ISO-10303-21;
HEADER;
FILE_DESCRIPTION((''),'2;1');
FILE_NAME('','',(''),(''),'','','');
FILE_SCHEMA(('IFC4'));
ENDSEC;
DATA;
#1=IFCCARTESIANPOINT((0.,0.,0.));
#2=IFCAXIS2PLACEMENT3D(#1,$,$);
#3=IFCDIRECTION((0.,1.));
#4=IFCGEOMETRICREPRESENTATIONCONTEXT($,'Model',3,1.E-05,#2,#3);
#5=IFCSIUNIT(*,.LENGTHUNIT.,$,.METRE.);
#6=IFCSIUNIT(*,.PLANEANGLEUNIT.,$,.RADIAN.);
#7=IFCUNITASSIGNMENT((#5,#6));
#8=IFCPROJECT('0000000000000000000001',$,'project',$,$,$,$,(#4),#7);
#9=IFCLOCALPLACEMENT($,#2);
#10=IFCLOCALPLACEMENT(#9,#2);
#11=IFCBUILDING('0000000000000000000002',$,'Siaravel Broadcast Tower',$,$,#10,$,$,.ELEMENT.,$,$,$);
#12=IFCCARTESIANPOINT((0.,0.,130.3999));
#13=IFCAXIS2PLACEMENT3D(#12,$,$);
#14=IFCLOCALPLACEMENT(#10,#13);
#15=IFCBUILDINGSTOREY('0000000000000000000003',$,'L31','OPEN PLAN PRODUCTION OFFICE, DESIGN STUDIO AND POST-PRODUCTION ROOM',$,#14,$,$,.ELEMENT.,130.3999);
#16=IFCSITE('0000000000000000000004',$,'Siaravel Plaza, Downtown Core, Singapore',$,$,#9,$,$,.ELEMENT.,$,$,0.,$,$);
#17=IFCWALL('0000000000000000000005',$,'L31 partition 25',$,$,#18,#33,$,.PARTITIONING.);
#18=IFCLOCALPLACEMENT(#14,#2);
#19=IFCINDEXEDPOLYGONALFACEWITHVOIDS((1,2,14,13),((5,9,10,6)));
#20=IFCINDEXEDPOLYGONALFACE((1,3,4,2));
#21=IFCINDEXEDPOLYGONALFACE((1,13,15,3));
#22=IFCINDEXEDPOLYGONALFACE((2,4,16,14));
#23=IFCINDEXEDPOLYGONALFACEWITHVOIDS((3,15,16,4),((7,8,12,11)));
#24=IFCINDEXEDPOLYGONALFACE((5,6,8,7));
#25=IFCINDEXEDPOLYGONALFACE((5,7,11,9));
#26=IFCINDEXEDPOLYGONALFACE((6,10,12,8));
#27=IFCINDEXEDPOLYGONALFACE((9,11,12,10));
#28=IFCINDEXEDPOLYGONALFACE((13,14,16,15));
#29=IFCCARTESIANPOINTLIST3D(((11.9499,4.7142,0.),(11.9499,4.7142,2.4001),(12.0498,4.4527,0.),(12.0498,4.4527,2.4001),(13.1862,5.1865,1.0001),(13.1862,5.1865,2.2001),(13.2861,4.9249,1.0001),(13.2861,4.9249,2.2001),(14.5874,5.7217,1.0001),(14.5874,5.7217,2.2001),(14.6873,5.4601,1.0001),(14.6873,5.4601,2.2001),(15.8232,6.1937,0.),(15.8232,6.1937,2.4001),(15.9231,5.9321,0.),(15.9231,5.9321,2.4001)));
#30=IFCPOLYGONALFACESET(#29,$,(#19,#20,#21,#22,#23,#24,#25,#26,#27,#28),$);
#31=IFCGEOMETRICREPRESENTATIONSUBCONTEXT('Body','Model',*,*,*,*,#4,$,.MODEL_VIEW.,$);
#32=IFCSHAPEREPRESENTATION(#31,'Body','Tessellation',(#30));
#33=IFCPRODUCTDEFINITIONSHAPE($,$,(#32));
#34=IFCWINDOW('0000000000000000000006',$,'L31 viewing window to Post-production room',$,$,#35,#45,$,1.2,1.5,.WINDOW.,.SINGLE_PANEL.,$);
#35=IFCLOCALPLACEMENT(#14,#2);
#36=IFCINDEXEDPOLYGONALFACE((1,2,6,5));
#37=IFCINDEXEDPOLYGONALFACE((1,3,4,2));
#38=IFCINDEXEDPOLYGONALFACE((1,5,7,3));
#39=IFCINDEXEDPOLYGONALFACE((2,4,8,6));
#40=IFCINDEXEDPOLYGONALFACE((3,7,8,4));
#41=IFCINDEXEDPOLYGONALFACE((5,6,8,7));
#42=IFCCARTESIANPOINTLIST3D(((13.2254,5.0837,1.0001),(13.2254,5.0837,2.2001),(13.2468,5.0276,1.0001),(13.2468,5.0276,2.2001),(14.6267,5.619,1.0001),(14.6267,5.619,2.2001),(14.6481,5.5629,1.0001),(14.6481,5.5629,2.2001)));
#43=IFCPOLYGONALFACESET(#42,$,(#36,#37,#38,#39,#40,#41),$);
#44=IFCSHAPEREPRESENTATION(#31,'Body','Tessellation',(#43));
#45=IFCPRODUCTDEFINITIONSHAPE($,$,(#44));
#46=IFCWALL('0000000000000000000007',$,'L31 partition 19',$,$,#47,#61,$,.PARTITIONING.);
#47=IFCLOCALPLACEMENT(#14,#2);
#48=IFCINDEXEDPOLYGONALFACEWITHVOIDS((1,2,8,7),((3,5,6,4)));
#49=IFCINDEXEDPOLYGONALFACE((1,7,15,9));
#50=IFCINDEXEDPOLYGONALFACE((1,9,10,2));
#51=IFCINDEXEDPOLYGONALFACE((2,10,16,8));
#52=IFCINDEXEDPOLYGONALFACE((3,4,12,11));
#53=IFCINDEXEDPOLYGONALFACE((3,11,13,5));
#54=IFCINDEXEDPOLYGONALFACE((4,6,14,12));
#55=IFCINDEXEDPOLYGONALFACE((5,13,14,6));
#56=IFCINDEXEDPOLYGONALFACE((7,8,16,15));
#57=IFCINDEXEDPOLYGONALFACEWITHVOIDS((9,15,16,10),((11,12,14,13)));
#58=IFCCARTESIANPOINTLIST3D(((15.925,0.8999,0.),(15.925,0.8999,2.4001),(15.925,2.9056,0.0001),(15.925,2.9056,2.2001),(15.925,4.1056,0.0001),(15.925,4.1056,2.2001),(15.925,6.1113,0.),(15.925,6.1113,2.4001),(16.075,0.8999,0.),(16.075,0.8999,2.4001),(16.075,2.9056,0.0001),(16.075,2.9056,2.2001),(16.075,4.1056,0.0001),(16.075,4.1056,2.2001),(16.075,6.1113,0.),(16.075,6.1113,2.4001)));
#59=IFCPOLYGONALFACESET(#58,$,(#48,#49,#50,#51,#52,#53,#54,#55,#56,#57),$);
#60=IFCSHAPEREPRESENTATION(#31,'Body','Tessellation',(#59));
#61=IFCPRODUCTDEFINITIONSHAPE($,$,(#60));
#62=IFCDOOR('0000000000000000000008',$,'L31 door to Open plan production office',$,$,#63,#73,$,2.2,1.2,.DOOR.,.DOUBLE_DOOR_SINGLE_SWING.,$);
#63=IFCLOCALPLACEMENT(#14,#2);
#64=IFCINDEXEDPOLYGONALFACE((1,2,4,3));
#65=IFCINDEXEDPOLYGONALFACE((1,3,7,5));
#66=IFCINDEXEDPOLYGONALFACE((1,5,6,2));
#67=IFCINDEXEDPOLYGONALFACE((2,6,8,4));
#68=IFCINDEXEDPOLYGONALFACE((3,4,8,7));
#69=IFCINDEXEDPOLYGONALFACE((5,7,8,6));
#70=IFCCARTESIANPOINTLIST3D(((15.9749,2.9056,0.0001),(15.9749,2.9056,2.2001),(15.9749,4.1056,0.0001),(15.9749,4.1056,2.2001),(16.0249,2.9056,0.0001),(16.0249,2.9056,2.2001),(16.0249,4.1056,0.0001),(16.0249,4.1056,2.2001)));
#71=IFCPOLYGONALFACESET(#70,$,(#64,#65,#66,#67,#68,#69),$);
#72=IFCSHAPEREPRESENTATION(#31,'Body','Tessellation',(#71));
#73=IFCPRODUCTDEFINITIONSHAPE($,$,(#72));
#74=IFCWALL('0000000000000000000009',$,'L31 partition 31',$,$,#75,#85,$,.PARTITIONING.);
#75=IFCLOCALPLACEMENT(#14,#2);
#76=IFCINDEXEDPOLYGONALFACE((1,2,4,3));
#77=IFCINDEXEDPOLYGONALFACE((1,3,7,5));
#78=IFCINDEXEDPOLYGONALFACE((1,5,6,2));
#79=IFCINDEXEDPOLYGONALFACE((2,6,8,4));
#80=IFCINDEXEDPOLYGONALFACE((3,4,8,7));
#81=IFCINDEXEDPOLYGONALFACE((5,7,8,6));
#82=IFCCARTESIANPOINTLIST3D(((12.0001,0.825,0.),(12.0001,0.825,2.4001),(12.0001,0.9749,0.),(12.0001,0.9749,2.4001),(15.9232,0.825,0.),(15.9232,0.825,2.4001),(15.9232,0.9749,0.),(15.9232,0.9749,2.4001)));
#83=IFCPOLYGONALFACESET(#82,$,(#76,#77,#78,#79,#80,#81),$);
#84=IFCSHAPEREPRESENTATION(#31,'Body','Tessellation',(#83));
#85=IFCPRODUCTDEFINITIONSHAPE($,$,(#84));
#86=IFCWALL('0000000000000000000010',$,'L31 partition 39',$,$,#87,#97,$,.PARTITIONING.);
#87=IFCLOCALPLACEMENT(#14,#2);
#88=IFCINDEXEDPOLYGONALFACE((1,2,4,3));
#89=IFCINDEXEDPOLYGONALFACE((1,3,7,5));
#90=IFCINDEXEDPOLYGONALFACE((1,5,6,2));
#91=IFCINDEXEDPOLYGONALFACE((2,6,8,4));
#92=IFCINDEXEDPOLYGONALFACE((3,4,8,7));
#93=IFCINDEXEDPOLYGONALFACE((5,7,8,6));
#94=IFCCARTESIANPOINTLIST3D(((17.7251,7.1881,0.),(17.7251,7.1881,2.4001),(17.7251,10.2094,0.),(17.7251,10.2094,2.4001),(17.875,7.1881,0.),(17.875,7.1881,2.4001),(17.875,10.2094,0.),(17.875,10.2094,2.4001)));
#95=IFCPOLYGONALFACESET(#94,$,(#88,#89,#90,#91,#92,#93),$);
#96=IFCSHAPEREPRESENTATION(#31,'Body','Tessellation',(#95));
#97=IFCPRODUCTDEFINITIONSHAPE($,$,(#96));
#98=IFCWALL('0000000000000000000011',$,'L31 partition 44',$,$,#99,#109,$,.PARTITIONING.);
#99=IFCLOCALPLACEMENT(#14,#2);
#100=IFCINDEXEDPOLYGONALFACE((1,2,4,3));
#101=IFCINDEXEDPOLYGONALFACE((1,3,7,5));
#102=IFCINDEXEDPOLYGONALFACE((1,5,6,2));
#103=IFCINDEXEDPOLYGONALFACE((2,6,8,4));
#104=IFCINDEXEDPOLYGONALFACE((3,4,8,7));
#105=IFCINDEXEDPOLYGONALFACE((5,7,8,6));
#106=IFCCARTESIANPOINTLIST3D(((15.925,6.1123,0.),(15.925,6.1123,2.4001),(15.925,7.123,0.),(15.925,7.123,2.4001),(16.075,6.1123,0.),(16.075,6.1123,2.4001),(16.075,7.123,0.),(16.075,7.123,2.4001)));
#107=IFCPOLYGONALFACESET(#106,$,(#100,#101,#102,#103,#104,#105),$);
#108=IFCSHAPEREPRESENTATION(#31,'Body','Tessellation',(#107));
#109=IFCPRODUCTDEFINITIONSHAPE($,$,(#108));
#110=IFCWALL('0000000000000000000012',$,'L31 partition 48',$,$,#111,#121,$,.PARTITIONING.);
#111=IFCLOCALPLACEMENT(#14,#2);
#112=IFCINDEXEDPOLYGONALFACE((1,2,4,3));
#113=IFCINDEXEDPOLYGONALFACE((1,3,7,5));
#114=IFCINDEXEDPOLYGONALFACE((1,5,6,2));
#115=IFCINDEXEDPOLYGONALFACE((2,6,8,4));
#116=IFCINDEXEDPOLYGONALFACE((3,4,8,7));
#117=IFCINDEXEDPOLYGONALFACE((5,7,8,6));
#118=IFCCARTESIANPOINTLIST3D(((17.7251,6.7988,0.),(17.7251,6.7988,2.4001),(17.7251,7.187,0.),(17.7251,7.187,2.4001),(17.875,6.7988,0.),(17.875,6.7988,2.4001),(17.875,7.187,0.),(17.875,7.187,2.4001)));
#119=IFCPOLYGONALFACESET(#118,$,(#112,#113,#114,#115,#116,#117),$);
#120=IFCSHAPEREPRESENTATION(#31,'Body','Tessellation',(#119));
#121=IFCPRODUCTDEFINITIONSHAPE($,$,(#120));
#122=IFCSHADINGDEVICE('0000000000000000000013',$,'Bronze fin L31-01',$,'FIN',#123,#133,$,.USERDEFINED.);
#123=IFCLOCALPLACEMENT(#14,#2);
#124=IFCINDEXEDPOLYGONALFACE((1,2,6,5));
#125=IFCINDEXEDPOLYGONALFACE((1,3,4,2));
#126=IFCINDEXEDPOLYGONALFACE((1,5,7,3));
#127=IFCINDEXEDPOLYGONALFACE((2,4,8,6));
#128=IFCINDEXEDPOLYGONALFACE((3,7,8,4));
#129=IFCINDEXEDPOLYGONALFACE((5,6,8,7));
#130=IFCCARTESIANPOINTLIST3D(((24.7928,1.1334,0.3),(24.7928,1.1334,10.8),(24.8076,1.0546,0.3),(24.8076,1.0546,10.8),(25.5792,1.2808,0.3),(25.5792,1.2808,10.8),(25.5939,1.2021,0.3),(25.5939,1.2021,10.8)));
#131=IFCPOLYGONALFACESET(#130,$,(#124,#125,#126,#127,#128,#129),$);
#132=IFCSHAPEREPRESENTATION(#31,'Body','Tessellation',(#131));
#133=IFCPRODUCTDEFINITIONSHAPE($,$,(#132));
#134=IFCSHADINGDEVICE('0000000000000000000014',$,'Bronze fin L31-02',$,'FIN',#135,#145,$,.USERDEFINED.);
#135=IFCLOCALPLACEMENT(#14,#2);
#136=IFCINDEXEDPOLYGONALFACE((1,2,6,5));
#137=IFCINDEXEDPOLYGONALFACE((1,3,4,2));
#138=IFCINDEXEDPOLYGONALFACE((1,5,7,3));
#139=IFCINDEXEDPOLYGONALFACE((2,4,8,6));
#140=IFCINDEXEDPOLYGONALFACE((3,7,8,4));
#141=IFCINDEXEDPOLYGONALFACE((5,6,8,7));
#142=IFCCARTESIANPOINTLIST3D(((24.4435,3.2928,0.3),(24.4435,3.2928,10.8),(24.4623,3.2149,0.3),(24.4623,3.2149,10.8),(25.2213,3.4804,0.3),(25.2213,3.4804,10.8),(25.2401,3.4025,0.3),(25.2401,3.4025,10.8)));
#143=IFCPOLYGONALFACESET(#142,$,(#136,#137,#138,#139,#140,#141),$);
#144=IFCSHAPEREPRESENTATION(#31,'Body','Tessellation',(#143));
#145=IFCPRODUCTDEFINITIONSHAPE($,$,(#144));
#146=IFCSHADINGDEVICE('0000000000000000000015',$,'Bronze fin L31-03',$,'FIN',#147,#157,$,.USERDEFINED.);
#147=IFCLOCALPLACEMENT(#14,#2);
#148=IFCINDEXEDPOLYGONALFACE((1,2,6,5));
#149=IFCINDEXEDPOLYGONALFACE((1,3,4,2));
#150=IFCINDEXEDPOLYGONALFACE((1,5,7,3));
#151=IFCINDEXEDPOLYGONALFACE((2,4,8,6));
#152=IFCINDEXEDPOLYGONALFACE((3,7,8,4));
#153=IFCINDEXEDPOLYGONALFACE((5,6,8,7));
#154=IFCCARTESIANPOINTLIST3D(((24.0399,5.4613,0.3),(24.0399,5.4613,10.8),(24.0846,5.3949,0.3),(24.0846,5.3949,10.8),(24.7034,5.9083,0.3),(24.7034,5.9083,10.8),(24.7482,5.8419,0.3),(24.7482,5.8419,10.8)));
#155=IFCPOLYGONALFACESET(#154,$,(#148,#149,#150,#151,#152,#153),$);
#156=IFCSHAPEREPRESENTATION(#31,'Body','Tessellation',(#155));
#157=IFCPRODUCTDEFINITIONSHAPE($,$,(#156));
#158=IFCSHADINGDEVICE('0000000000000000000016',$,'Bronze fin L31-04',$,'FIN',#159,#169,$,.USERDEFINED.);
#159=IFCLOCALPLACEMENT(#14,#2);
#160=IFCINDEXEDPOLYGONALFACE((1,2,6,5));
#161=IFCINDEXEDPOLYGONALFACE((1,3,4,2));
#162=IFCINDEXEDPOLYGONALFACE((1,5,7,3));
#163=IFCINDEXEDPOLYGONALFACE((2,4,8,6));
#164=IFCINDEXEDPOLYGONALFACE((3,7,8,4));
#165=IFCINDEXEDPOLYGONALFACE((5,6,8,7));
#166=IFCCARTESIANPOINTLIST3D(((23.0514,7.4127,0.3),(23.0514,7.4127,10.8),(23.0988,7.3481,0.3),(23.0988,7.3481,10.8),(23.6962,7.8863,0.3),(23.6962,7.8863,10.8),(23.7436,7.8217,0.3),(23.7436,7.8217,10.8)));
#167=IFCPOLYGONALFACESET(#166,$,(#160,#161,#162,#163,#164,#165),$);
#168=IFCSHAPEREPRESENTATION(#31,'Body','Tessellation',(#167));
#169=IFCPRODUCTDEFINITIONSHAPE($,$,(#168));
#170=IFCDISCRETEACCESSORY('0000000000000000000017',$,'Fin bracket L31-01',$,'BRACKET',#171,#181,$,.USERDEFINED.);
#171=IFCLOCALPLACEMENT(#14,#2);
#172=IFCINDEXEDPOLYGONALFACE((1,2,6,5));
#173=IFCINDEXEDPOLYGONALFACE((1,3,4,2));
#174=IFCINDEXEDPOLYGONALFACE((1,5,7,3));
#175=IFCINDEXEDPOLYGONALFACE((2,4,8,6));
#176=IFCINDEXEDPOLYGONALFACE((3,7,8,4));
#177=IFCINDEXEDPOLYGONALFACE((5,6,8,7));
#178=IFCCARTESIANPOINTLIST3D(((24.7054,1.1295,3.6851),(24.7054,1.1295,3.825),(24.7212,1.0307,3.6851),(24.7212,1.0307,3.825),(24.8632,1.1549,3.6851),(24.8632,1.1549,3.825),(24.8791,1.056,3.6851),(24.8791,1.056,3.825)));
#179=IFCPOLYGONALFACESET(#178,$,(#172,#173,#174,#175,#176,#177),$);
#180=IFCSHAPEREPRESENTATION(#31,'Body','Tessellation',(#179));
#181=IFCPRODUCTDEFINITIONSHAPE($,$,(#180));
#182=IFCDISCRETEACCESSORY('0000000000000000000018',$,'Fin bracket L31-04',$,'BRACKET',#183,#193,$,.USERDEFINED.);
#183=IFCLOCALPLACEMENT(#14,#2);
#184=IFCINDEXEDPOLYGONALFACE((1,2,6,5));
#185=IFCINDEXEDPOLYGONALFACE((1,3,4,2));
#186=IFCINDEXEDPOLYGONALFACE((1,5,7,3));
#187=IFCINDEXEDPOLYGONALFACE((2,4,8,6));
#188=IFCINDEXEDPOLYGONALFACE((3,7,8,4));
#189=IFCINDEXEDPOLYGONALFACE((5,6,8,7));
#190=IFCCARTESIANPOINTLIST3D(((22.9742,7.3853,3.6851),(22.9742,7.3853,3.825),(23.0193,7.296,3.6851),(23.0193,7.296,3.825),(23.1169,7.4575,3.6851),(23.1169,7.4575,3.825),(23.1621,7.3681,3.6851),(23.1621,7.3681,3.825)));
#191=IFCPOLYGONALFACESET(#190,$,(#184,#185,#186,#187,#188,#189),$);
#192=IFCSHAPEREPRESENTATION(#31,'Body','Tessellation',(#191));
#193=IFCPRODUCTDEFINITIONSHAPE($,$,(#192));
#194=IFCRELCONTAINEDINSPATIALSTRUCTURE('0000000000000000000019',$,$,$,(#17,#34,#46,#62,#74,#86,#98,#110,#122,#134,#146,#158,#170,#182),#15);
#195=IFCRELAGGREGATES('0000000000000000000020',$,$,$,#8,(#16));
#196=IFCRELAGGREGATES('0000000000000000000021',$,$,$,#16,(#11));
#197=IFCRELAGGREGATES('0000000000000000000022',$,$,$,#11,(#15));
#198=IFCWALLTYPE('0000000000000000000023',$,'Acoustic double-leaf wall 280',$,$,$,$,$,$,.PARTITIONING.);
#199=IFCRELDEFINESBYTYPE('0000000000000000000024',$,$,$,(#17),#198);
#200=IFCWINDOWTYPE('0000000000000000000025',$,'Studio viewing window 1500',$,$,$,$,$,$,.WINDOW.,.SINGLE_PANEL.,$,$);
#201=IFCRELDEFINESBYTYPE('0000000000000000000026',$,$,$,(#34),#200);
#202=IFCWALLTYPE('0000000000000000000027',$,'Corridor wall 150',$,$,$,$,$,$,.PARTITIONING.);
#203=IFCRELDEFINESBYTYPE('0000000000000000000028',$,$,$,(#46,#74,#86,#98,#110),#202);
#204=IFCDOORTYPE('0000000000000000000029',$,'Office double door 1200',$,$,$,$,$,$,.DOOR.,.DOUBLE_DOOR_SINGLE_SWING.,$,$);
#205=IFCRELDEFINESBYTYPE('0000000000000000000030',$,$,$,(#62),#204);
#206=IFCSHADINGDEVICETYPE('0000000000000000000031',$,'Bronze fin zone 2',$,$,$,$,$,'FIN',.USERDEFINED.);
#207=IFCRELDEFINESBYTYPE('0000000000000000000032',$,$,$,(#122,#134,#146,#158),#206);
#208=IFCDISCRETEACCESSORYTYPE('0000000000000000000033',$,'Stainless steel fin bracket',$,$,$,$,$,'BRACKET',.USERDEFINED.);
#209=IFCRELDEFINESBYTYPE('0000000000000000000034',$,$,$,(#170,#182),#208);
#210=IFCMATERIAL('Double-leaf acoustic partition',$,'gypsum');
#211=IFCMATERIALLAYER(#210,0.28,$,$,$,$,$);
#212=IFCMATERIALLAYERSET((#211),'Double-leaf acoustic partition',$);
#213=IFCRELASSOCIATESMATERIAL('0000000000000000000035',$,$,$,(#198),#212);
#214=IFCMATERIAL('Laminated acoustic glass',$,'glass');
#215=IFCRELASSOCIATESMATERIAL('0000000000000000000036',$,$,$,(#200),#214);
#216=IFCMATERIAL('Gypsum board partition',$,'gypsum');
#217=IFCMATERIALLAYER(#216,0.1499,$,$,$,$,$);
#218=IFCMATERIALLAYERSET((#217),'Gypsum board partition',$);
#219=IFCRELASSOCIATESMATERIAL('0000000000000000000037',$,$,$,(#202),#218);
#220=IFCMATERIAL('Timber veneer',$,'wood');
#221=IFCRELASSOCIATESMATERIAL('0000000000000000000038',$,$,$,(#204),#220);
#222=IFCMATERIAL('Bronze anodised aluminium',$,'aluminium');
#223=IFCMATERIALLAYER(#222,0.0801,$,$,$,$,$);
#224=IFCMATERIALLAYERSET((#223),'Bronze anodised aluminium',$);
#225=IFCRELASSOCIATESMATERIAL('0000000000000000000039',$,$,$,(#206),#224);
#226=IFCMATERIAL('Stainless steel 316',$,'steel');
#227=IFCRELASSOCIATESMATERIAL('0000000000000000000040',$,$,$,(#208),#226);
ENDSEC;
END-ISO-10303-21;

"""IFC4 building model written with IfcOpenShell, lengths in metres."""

from ifc_helpers import new_model, si_unit, direction, frame, frame_2d, origin, origin_2d, place, context, subcontext, project, spatial, rectangle, extrude, material, layer, layer_set, type_object, element, fill, save


model = new_model("IFC4")

# Units and contexts
model_context = context("Model", 3, precision=1e-05, world=origin(), true_north=direction((0.0, 1.0)))
body_context = subcontext(model_context, "Body", "Model", "MODEL_VIEW")
ifc_project = project(units=[si_unit("LENGTHUNIT", "METRE"), si_unit("PLANEANGLEUNIT", "RADIAN")], contexts=[model_context])

# Site, building, storey
site_placement = place(None, origin())
site = spatial("IfcSite", under=ifc_project, at=site_placement, Name="Siaravel Plaza, Downtown Core, Singapore", CompositionType="ELEMENT", RefElevation=0.0)
building_placement = place(site_placement, origin())
building = spatial("IfcBuilding", under=site, at=building_placement, Name="Siaravel Broadcast Tower", CompositionType="ELEMENT")
storey_placement = place(building_placement, frame((0.0, 0.0, 130.3999)))
storey = spatial("IfcBuildingStorey", under=building, at=storey_placement, Name="L31", Description="OPEN PLAN PRODUCTION OFFICE, DESIGN STUDIO AND POST-PRODUCTION ROOM", CompositionType="ELEMENT", Elevation=130.3999)

# Wall, opening, window
ifc_material_1 = material(Name="Double-leaf acoustic partition", Category="gypsum")
ifc_layer_1 = layer(ifc_material_1, 0.28)
ifc_layer_set_1 = layer_set([ifc_layer_1], Name="Double-leaf acoustic partition")
wall_type_1 = type_object("IfcWallType", Name="Acoustic double-leaf wall 280", PredefinedType="PARTITIONING", material=ifc_layer_set_1)
wall_1_placement = place(storey_placement, frame((15.8733, 6.063, 0.0), z_axis=(0.0, 0.0, 1.0), x_axis=(-0.93417, -0.356828, 0.0)))
wall_1 = element("IfcWall", 1, at=wall_1_placement, inside=storey, type_object=wall_type_1, Name="L31 partition 25", PredefinedType="PARTITIONING", context=body_context, shape_type="SweptSolid", body=[
    extrude(rectangle(XDim=4.1462, YDim=0.28, at=frame_2d((2.0732, 0.0))), origin(), (0.0, 0.0, 1.0), 2.4001),
])
opening_1_placement = place(wall_1_placement, frame((1.323, 0.0, 1.0)))
opening_1 = element("IfcOpeningElement", 2, at=opening_1_placement, cuts=wall_1, PredefinedType="OPENING", context=body_context, shape_type="SweptSolid", body=[
    extrude(rectangle(XDim=1.5, YDim=1.2, at=frame_2d((0.75, 0.6001))), frame((0.0, 0.1499, 0.0), z_axis=(0.0, -1.0, 0.0), x_axis=(1.0, 0.0, 0.0)), (0.0, 0.0, 1.0), 0.3),
])
ifc_material_2 = material(Name="Laminated acoustic glass", Category="glass")
window_type = type_object("IfcWindowType", Name="Studio viewing window 1500", PartitioningType="SINGLE_PANEL", PredefinedType="WINDOW", material=ifc_material_2)
window_placement = place(opening_1_placement, origin())
window = element("IfcWindow", 3, at=window_placement, inside=storey, type_object=window_type, Name="L31 viewing window to Post-production room", OverallHeight=1.2, OverallWidth=1.5, PartitioningType="SINGLE_PANEL", PredefinedType="WINDOW", context=body_context, shape_type="SweptSolid", body=[
    extrude(rectangle(XDim=1.5, YDim=1.2, at=frame_2d((0.75, 0.6001))), frame((0.0, 0.03, 0.0), z_axis=(0.0, -1.0, 0.0), x_axis=(1.0, 0.0, 0.0)), (0.0, 0.0, 1.0), 0.0601),
])
fill(opening_1, window)

# Wall, opening, door
ifc_material_3 = material(Name="Gypsum board partition", Category="gypsum")
ifc_layer_2 = layer(ifc_material_3, 0.1499)
ifc_layer_set_2 = layer_set([ifc_layer_2], Name="Gypsum board partition")
wall_type_2 = type_object("IfcWallType", Name="Corridor wall 150", PredefinedType="PARTITIONING", material=ifc_layer_set_2)
wall_2_placement = place(storey_placement, frame((16.0, 6.1113, 0.0), z_axis=(0.0, 0.0, 1.0), x_axis=(0.0, -1.0, 0.0)))
wall_2 = element("IfcWall", 4, at=wall_2_placement, inside=storey, type_object=wall_type_2, Name="L31 partition 19", PredefinedType="PARTITIONING", context=body_context, shape_type="SweptSolid", body=[
    extrude(rectangle(XDim=5.2114, YDim=0.1499, at=frame_2d((2.6057, 0.0))), origin(), (0.0, 0.0, 1.0), 2.4001),
])
opening_2_placement = place(wall_2_placement, frame((2.0056, 0.0, 0.0)))
opening_2 = element("IfcOpeningElement", 5, at=opening_2_placement, cuts=wall_2, PredefinedType="OPENING", context=body_context, shape_type="SweptSolid", body=[
    extrude(rectangle(XDim=1.2, YDim=2.2, at=frame_2d((0.6001, 1.1001))), frame((0.0, 0.085, 0.0), z_axis=(0.0, -1.0, 0.0), x_axis=(1.0, 0.0, 0.0)), (0.0, 0.0, 1.0), 0.1699),
])
ifc_material_4 = material(Name="Timber veneer", Category="wood")
door_type = type_object("IfcDoorType", Name="Office double door 1200", OperationType="DOUBLE_DOOR_SINGLE_SWING", PredefinedType="DOOR", material=ifc_material_4)
door_placement = place(opening_2_placement, origin())
door = element("IfcDoor", 6, at=door_placement, inside=storey, type_object=door_type, Name="L31 door to Open plan production office", OperationType="DOUBLE_DOOR_SINGLE_SWING", OverallHeight=2.2, OverallWidth=1.2, PredefinedType="DOOR", context=body_context, shape_type="SweptSolid", body=[
    extrude(rectangle(XDim=1.2, YDim=2.2, at=frame_2d((0.6001, 1.1001))), frame((0.0, 0.0249, 0.0), z_axis=(0.0, -1.0, 0.0), x_axis=(1.0, 0.0, 0.0)), (0.0, 0.0, 1.0), 0.05),
])
fill(opening_2, door)

# Walls
wall_3_placement = place(storey_placement, frame((15.9231, 0.8999, 0.0), z_axis=(0.0, 0.0, 1.0), x_axis=(-1.0, 0.0, 0.0)))
element("IfcWall", 7, at=wall_3_placement, inside=storey, type_object=wall_type_2, Name="L31 partition 31", PredefinedType="PARTITIONING", context=body_context, shape_type="SweptSolid", body=[
    extrude(rectangle(XDim=3.9231, YDim=0.1499, at=frame_2d((1.9614, 0.0))), origin(), (0.0, 0.0, 1.0), 2.4001),
])
wall_4_placement = place(storey_placement, frame((17.8, 7.188, 0.0), z_axis=(0.0, 0.0, 1.0), x_axis=(0.0, 1.0, 0.0)))
element("IfcWall", 8, at=wall_4_placement, inside=storey, type_object=wall_type_2, Name="L31 partition 39", PredefinedType="PARTITIONING", context=body_context, shape_type="SweptSolid", body=[
    extrude(rectangle(XDim=3.0212, YDim=0.1499, at=frame_2d((1.5107, 0.0))), origin(), (0.0, 0.0, 1.0), 2.4001),
])
wall_5_placement = place(storey_placement, frame((16.0, 7.123, 0.0), z_axis=(0.0, 0.0, 1.0), x_axis=(0.0, -1.0, 0.0)))
element("IfcWall", 9, at=wall_5_placement, inside=storey, type_object=wall_type_2, Name="L31 partition 44", PredefinedType="PARTITIONING", context=body_context, shape_type="SweptSolid", body=[
    extrude(rectangle(XDim=1.0107, YDim=0.1499, at=frame_2d((0.5054, 0.0))), origin(), (0.0, 0.0, 1.0), 2.4001),
])
wall_6_placement = place(storey_placement, frame((17.8, 6.7988, 0.0), z_axis=(0.0, 0.0, 1.0), x_axis=(0.0, 1.0, 0.0)))
element("IfcWall", 10, at=wall_6_placement, inside=storey, type_object=wall_type_2, Name="L31 partition 48", PredefinedType="PARTITIONING", context=body_context, shape_type="SweptSolid", body=[
    extrude(rectangle(XDim=0.3882, YDim=0.1499, at=frame_2d((0.1941, 0.0))), origin(), (0.0, 0.0, 1.0), 2.4001),
])

# Shading devices
ifc_material_5 = material(Name="Bronze anodised aluminium", Category="aluminium")
ifc_layer_3 = layer(ifc_material_5, 0.0801)
ifc_layer_set_3 = layer_set([ifc_layer_3], Name="Bronze anodised aluminium")
shading_device_type = type_object("IfcShadingDeviceType", Name="Bronze fin zone 2", ElementType="FIN", PredefinedType="USERDEFINED", material=ifc_layer_set_3)
for number, where, z_axis, x_axis, name in (
    (11, (25.1934, 1.1677, 0.3), (0.0, 0.0, 1.0), (0.982871, 0.184296, 0.0), "Bronze fin L31-01"),
    (12, (24.8418, 3.3477, 0.3), (0.0, 0.0, 1.0), (0.972128, 0.23445, 0.0), "Bronze fin L31-02"),
    (13, (24.394, 5.6516, 0.3), (0.0, 0.0, 1.0), (0.829359, 0.558717, 0.0), "Bronze fin L31-03"),
    (14, (23.3975, 7.6172, 0.3), (0.0, 0.0, 1.0), (0.805954, 0.591978, 0.0), "Bronze fin L31-04"),
):
    element("IfcShadingDevice", number, at=place(storey_placement, frame(where, z_axis=z_axis, x_axis=x_axis)), inside=storey, type_object=shading_device_type, Name=name, ObjectType="FIN", PredefinedType="USERDEFINED", context=body_context, shape_type="SweptSolid", body=[
        extrude(rectangle(XDim=0.8, YDim=0.0801, at=origin_2d()), origin(), (0.0, 0.0, 1.0), 10.5),
    ])

# Discrete accessories
ifc_material_6 = material(Name="Stainless steel 316", Category="steel")
discrete_accessory_type_1 = type_object("IfcDiscreteAccessoryType", Name="Stainless steel fin bracket", ElementType="BRACKET", PredefinedType="USERDEFINED", material=ifc_material_6)
for number, where, z_axis, x_axis, name in (
    (15, (24.7922, 1.0928, 3.6851), (0.0, 0.0, 1.0), (0.987329, 0.158685, 0.0), "Fin bracket L31-01"),
    (16, (23.0681, 7.3767, 3.6851), (0.0, 0.0, 1.0), (0.892393, 0.451259, 0.0), "Fin bracket L31-04"),
):
    element("IfcDiscreteAccessory", number, at=place(storey_placement, frame(where, z_axis=z_axis, x_axis=x_axis)), inside=storey, type_object=discrete_accessory_type_1, Name=name, ObjectType="BRACKET", PredefinedType="USERDEFINED", context=body_context, shape_type="SweptSolid", body=[
        extrude(rectangle(XDim=0.1599, YDim=0.1001, at=origin_2d()), origin(), (0.0, 0.0, 1.0), 0.1399),
    ])

save(model, "model.ifc")
